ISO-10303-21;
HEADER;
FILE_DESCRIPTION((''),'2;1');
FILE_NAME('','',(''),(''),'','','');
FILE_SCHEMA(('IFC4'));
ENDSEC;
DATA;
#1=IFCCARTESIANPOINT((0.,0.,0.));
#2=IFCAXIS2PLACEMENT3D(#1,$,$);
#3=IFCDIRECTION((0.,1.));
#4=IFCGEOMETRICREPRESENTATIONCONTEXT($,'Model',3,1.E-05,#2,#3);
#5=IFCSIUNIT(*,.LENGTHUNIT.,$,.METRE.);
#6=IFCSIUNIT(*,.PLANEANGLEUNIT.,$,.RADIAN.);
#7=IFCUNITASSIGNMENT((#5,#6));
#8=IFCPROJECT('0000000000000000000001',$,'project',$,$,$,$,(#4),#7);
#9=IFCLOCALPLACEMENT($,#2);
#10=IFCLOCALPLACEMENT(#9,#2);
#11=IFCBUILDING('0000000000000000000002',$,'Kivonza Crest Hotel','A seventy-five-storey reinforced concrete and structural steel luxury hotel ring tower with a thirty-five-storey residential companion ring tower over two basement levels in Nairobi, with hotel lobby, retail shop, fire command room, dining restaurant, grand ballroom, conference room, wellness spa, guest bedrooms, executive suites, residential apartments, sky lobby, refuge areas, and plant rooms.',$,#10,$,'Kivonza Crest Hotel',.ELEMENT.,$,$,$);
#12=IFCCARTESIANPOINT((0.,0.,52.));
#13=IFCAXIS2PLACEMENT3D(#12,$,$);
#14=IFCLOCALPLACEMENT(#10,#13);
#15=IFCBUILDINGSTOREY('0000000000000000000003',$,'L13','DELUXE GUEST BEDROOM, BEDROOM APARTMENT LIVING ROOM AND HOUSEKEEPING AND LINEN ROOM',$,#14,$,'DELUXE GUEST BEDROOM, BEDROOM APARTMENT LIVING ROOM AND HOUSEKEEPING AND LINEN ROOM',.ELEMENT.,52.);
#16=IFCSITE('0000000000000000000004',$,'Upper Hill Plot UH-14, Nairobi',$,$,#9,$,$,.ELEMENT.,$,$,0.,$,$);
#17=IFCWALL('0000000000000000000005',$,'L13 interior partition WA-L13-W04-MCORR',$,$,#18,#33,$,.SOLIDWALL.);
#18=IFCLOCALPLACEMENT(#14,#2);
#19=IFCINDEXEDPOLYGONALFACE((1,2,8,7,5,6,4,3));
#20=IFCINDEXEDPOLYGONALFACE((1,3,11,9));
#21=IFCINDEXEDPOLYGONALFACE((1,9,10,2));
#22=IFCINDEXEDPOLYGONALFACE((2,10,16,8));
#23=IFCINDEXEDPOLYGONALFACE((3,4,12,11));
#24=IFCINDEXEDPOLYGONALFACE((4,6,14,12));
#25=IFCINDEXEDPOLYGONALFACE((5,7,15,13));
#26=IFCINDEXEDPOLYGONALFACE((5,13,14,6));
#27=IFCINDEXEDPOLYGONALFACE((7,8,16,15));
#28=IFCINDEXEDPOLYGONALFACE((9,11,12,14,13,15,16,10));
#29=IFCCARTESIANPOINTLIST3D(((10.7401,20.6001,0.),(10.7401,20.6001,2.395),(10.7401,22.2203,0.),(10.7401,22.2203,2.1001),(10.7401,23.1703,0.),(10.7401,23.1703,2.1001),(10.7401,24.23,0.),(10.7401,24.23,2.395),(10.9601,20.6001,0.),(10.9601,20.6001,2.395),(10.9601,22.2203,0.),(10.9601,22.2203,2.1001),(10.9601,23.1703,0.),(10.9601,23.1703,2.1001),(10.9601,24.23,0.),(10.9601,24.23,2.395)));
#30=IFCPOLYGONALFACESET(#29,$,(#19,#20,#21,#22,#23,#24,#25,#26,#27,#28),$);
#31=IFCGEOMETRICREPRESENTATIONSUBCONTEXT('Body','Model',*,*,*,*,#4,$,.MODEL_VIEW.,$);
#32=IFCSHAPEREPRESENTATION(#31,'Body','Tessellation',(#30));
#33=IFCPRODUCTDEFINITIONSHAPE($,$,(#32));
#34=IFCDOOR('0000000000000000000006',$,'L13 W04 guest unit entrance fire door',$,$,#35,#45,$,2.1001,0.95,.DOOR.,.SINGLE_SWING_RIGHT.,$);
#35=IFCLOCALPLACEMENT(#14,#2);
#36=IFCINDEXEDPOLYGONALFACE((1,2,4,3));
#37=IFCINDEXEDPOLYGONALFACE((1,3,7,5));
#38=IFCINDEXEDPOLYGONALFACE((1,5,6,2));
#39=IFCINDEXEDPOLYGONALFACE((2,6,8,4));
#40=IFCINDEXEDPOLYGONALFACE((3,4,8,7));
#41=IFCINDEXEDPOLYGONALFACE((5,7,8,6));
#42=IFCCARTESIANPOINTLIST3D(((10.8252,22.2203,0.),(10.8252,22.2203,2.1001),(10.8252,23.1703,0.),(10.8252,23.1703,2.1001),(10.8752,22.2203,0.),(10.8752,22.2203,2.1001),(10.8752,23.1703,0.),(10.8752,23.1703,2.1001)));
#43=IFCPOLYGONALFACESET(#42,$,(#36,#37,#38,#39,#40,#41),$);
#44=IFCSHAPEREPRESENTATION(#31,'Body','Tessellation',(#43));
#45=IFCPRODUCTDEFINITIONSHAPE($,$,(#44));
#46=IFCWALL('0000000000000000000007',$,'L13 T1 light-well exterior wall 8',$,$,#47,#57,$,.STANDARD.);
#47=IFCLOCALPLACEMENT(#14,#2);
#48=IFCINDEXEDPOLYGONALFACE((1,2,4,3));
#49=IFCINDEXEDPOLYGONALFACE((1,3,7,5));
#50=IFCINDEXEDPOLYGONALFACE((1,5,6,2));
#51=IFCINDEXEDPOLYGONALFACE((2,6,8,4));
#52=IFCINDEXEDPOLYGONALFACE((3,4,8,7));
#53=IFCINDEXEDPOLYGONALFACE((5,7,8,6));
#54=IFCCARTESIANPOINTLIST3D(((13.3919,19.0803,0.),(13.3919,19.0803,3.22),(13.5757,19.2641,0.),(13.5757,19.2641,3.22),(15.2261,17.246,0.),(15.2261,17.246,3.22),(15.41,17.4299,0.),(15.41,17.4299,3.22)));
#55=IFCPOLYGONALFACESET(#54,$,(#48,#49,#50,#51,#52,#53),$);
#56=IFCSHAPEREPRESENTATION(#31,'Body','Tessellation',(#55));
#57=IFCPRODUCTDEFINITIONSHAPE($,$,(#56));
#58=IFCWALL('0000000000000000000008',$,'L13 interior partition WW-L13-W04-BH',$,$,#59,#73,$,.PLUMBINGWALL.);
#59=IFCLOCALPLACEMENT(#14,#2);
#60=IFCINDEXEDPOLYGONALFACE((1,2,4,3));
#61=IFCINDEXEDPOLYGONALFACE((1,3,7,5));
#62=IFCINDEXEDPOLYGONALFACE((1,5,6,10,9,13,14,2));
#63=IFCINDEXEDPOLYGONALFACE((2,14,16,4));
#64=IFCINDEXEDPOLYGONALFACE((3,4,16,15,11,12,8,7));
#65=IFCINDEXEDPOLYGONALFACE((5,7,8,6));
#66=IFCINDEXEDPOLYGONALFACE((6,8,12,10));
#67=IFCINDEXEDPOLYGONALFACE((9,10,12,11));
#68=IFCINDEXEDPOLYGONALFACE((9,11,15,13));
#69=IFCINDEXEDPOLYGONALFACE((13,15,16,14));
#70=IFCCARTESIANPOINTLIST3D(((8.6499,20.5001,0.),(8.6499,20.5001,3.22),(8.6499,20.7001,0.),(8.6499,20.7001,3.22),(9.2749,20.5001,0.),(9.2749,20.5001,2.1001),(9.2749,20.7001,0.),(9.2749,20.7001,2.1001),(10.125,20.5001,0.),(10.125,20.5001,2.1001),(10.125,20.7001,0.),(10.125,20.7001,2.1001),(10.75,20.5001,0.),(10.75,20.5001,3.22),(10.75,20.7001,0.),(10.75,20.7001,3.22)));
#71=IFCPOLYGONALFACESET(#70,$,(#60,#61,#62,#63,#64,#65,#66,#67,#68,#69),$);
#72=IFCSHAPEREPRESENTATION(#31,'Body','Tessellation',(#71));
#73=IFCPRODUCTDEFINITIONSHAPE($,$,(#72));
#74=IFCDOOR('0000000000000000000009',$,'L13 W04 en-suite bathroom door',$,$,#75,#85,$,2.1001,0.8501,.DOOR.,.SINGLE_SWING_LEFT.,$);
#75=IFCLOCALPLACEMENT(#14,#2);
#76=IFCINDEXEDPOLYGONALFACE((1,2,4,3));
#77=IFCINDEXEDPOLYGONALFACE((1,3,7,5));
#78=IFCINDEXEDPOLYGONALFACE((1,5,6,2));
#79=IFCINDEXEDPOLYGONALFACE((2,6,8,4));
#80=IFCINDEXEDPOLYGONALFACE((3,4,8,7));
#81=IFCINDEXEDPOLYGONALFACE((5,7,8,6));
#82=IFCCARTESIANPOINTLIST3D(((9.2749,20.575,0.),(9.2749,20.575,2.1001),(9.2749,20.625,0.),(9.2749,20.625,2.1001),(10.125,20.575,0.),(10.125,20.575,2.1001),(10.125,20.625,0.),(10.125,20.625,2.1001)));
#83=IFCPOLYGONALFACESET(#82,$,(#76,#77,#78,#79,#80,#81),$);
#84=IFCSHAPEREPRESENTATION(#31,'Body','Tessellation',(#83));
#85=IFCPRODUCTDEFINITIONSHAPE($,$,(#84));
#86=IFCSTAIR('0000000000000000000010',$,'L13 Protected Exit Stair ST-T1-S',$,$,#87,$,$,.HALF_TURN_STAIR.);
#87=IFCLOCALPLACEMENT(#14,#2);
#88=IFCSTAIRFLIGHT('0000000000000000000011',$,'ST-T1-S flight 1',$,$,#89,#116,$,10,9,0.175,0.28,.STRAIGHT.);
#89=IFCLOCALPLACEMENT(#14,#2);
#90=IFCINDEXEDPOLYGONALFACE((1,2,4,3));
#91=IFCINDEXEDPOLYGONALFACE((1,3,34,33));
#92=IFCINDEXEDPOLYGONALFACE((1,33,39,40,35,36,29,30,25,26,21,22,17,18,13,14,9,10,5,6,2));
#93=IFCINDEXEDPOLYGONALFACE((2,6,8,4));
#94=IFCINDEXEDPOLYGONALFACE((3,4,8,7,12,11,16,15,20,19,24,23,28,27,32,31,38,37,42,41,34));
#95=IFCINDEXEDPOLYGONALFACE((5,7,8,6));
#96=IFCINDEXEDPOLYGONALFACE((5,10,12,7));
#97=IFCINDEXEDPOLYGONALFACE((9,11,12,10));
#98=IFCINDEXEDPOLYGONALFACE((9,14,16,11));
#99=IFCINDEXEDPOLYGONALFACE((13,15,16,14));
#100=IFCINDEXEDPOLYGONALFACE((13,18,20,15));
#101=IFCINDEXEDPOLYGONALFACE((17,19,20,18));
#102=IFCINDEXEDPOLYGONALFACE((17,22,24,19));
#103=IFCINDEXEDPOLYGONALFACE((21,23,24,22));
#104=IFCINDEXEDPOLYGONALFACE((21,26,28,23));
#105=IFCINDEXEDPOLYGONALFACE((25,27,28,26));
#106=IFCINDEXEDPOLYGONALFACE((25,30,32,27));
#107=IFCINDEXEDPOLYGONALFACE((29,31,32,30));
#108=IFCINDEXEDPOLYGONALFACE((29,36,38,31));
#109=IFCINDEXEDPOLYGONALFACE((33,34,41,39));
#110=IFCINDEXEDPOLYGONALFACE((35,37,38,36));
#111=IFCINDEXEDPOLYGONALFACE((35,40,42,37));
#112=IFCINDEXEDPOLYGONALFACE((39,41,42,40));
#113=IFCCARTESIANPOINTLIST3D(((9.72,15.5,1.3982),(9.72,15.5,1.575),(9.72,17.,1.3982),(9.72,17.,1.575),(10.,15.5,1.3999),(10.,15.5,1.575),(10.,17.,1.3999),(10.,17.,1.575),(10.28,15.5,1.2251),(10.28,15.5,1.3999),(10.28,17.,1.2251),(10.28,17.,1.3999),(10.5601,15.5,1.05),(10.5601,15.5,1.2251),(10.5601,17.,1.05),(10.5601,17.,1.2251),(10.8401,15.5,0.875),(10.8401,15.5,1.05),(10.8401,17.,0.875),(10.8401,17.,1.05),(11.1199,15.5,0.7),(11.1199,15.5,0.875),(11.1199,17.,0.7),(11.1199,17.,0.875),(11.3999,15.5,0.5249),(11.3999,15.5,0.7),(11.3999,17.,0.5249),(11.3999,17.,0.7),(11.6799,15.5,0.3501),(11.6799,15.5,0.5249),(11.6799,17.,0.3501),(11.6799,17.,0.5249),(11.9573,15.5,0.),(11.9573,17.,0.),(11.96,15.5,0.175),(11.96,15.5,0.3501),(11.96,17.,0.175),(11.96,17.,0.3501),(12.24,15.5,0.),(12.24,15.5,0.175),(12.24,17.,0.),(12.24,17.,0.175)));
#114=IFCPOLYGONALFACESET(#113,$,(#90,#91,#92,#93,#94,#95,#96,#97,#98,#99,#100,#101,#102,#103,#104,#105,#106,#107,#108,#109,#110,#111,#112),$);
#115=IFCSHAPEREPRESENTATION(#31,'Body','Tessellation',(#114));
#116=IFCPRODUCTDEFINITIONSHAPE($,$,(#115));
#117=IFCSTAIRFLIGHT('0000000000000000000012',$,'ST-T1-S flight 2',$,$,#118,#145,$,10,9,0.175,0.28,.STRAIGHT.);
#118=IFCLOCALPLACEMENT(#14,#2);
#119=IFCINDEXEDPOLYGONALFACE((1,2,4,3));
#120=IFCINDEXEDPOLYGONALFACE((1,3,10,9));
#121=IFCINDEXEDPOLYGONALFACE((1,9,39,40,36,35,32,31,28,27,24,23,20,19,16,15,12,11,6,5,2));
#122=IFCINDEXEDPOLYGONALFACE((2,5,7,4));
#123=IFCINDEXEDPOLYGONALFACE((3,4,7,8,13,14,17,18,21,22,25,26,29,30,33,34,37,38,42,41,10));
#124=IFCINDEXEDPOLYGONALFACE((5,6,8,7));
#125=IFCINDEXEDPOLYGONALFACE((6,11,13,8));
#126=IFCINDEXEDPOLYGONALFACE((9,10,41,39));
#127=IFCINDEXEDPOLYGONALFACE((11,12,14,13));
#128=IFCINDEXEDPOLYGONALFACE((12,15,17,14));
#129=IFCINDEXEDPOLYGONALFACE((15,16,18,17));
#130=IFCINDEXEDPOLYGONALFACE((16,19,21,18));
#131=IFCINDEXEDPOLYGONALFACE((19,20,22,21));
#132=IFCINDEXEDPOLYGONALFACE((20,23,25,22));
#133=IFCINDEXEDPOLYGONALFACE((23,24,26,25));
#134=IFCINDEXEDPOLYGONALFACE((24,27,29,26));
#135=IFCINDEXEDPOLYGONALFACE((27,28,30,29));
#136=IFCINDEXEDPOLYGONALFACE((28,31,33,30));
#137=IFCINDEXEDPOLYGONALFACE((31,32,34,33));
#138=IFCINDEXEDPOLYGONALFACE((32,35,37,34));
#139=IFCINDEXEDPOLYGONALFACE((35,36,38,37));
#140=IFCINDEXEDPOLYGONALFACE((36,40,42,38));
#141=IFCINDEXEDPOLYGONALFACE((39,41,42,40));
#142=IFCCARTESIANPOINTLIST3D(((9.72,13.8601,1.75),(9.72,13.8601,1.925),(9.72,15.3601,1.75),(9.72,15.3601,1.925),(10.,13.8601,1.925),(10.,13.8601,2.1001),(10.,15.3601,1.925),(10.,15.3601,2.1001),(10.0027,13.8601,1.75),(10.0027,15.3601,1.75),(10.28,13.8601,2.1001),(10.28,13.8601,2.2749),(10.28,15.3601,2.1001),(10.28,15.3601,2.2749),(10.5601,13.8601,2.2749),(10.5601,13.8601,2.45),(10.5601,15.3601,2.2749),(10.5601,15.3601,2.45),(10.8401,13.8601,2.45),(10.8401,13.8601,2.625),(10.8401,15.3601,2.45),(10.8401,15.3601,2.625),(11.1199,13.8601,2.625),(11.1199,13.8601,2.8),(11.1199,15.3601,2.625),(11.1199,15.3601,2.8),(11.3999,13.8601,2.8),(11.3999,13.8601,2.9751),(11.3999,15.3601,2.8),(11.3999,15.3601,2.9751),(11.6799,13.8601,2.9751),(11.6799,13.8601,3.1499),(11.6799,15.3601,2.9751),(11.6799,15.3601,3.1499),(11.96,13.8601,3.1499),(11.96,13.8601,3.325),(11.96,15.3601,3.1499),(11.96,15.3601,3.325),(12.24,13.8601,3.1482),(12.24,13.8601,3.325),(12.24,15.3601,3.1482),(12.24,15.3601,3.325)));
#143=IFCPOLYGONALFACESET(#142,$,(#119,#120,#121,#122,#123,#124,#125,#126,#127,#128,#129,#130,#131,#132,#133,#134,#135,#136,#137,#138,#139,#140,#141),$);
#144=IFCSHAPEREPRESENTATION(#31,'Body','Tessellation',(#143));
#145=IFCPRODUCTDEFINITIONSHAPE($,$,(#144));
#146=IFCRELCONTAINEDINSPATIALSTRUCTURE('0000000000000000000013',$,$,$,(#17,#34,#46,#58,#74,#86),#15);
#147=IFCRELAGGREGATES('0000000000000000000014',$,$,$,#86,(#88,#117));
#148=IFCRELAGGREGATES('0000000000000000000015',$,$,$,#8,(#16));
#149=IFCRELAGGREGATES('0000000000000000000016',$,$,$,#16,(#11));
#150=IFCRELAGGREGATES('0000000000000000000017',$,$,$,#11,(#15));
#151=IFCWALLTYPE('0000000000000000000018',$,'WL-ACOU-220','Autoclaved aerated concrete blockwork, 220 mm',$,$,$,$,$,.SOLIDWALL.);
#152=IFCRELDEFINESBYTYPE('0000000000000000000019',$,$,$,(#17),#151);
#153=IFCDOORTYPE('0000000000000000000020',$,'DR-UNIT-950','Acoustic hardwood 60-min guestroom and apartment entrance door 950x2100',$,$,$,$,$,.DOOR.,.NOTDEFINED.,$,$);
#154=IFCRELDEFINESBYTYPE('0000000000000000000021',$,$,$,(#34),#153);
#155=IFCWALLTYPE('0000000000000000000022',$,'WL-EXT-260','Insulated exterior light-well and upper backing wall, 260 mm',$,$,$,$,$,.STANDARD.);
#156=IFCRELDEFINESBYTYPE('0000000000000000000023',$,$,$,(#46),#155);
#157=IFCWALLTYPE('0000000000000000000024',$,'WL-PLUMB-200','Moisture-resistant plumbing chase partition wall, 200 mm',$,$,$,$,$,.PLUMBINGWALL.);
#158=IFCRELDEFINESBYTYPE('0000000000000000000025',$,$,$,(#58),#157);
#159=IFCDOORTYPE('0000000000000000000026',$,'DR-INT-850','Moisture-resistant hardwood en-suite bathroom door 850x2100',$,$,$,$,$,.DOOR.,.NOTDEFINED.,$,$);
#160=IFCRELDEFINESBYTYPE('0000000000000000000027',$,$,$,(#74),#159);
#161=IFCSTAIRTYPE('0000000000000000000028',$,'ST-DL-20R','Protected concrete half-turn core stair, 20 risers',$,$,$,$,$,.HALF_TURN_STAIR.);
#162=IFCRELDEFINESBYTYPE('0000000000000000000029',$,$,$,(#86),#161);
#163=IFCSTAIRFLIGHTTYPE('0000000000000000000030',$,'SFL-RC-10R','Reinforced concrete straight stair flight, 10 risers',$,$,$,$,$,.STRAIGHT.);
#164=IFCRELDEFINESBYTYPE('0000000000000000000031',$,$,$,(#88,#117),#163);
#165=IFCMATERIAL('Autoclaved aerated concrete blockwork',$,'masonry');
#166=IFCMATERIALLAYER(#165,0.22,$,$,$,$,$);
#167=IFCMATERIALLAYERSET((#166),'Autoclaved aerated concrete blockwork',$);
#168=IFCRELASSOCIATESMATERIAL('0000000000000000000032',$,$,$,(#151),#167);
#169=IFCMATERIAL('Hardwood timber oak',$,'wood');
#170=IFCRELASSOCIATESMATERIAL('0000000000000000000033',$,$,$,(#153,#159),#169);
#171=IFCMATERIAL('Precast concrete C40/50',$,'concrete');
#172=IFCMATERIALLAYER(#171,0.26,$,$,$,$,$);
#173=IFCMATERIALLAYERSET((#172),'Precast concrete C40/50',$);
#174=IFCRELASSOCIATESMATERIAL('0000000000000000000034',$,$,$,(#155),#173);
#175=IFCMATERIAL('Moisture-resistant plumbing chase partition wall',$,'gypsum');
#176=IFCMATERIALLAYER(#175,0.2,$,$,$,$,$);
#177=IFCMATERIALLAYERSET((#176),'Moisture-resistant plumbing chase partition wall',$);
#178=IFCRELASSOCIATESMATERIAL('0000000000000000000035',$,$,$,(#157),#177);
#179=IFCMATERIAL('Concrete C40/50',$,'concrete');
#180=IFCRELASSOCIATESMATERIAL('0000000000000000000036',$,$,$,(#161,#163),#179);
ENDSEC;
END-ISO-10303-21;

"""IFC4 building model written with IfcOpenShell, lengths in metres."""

from ifc_helpers import new_model, si_unit, direction, frame, frame_2d, origin, place, context, subcontext, project, spatial, polyline, rectangle, outline, extrude, material, layer, layer_set, type_object, element, fill, aggregate, save


model = new_model("IFC4")

# Units and contexts
model_context = context("Model", 3, precision=1e-05, world=origin(), true_north=direction((0.0, 1.0)))
body_context = subcontext(model_context, "Body", "Model", "MODEL_VIEW")
ifc_project = project(units=[si_unit("LENGTHUNIT", "METRE"), si_unit("PLANEANGLEUNIT", "RADIAN")], contexts=[model_context])

# Site, building, storey
site_placement = place(None, origin())
site = spatial("IfcSite", under=ifc_project, at=site_placement, Name="Upper Hill Plot UH-14, Nairobi", CompositionType="ELEMENT", RefElevation=0.0)
building_placement = place(site_placement, origin())
building = spatial("IfcBuilding", under=site, at=building_placement, Name="Kivonza Crest Hotel", Description="A seventy-five-storey reinforced concrete and structural steel luxury hotel ring tower with a thirty-five-storey residential companion ring tower over two basement levels in Nairobi, with hotel lobby, retail shop, fire command room, dining restaurant, grand ballroom, conference room, wellness spa, guest bedrooms, executive suites, residential apartments, sky lobby, refuge areas, and plant rooms.", LongName="Kivonza Crest Hotel", CompositionType="ELEMENT")
storey_placement = place(building_placement, frame((0.0, 0.0, 52.0)))
storey = spatial("IfcBuildingStorey", under=building, at=storey_placement, Name="L13", Description="DELUXE GUEST BEDROOM, BEDROOM APARTMENT LIVING ROOM AND HOUSEKEEPING AND LINEN ROOM", LongName="DELUXE GUEST BEDROOM, BEDROOM APARTMENT LIVING ROOM AND HOUSEKEEPING AND LINEN ROOM", CompositionType="ELEMENT", Elevation=52.0)

# Shared definitions
ifc_material_1 = material(Name="Autoclaved aerated concrete blockwork", Category="masonry")
ifc_layer_1 = layer(ifc_material_1, 0.22)
ifc_layer_set_1 = layer_set([ifc_layer_1], Name="Autoclaved aerated concrete blockwork")
wall_type_1 = type_object("IfcWallType", Name="WL-ACOU-220", Description="Autoclaved aerated concrete blockwork, 220 mm", PredefinedType="SOLIDWALL", material=ifc_layer_set_1)
ifc_material_2 = material(Name="Hardwood timber oak", Category="wood")

# Wall, opening, door
wall_1_placement = place(storey_placement, frame((10.8501, 20.6001, 0.0), z_axis=(0.0, 0.0, 1.0), x_axis=(0.0, 1.0, 0.0)))
wall_1 = element("IfcWall", 1, at=wall_1_placement, inside=storey, type_object=wall_type_1, Name="L13 interior partition WA-L13-W04-MCORR", PredefinedType="SOLIDWALL", context=body_context, shape_type="SweptSolid", body=[
    extrude(rectangle(XDim=3.6299, YDim=0.22, at=frame_2d((1.8149, 0.0))), origin(), (0.0, 0.0, 1.0), 2.395),
])
opening_1_placement = place(wall_1_placement, frame((1.6201, 0.0, 0.0)))
opening_1 = element("IfcOpeningElement", 2, at=opening_1_placement, cuts=wall_1, PredefinedType="OPENING", context=body_context, shape_type="SweptSolid", body=[
    extrude(rectangle(XDim=0.95, YDim=2.1001, at=frame_2d((0.4751, 1.05))), frame((0.0, 0.1201, 0.0), z_axis=(0.0, -1.0, 0.0), x_axis=(1.0, 0.0, 0.0)), (0.0, 0.0, 1.0), 0.24),
])
door_type_1 = type_object("IfcDoorType", Name="DR-UNIT-950", Description="Acoustic hardwood 60-min guestroom and apartment entrance door 950x2100", OperationType="NOTDEFINED", PredefinedType="DOOR", material=ifc_material_2)
door_1_placement = place(opening_1_placement, origin())
door_1 = element("IfcDoor", 3, at=door_1_placement, inside=storey, type_object=door_type_1, Name="L13 W04 guest unit entrance fire door", OperationType="SINGLE_SWING_RIGHT", OverallHeight=2.1001, OverallWidth=0.95, PredefinedType="DOOR", context=body_context, shape_type="SweptSolid", body=[
    extrude(rectangle(XDim=0.95, YDim=2.1001, at=frame_2d((0.4751, 1.05))), frame((0.0, 0.0249, 0.0), z_axis=(0.0, -1.0, 0.0), x_axis=(1.0, 0.0, 0.0)), (0.0, 0.0, 1.0), 0.05),
])
fill(opening_1, door_1)

# Wall
ifc_material_3 = material(Name="Precast concrete C40/50", Category="concrete")
ifc_layer_2 = layer(ifc_material_3, 0.26)
ifc_layer_set_2 = layer_set([ifc_layer_2], Name="Precast concrete C40/50")
wall_type_2 = type_object("IfcWallType", Name="WL-EXT-260", Description="Insulated exterior light-well and upper backing wall, 260 mm", PredefinedType="STANDARD", material=ifc_layer_set_2)
wall_2_placement = place(storey_placement, frame((13.4839, 19.1721, 0.0), z_axis=(0.0, 0.0, 1.0), x_axis=(0.707107, -0.707107, 0.0)))
element("IfcWall", 4, at=wall_2_placement, inside=storey, type_object=wall_type_2, Name="L13 T1 light-well exterior wall 8", PredefinedType="STANDARD", context=body_context, shape_type="SweptSolid", body=[
    extrude(rectangle(XDim=2.594, YDim=0.26, at=frame_2d((1.2969, 0.0))), origin(), (0.0, 0.0, 1.0), 3.22),
])

# Wall, opening, door
ifc_material_4 = material(Name="Moisture-resistant plumbing chase partition wall", Category="gypsum")
ifc_layer_3 = layer(ifc_material_4, 0.2)
ifc_layer_set_3 = layer_set([ifc_layer_3], Name="Moisture-resistant plumbing chase partition wall")
wall_type_3 = type_object("IfcWallType", Name="WL-PLUMB-200", Description="Moisture-resistant plumbing chase partition wall, 200 mm", PredefinedType="PLUMBINGWALL", material=ifc_layer_set_3)
wall_3_placement = place(storey_placement, frame((8.6499, 20.6001, 0.0), z_axis=(0.0, 0.0, 1.0), x_axis=(1.0, 0.0, 0.0)))
wall_3 = element("IfcWall", 5, at=wall_3_placement, inside=storey, type_object=wall_type_3, Name="L13 interior partition WW-L13-W04-BH", PredefinedType="PLUMBINGWALL", context=body_context, shape_type="SweptSolid", body=[
    extrude(rectangle(XDim=2.1001, YDim=0.2, at=frame_2d((1.05, 0.0))), origin(), (0.0, 0.0, 1.0), 3.22),
])
opening_2_placement = place(wall_3_placement, frame((0.625, 0.0, 0.0)))
opening_2 = element("IfcOpeningElement", 6, at=opening_2_placement, cuts=wall_3, PredefinedType="OPENING", context=body_context, shape_type="SweptSolid", body=[
    extrude(rectangle(XDim=0.8501, YDim=2.1001, at=frame_2d((0.425, 1.05))), frame((0.0, 0.1099, 0.0), z_axis=(0.0, -1.0, 0.0), x_axis=(1.0, 0.0, 0.0)), (0.0, 0.0, 1.0), 0.22),
])
door_type_2 = type_object("IfcDoorType", Name="DR-INT-850", Description="Moisture-resistant hardwood en-suite bathroom door 850x2100", OperationType="NOTDEFINED", PredefinedType="DOOR", material=ifc_material_2)
door_2_placement = place(opening_2_placement, origin())
door_2 = element("IfcDoor", 7, at=door_2_placement, inside=storey, type_object=door_type_2, Name="L13 W04 en-suite bathroom door", OperationType="SINGLE_SWING_LEFT", OverallHeight=2.1001, OverallWidth=0.8501, PredefinedType="DOOR", context=body_context, shape_type="SweptSolid", body=[
    extrude(rectangle(XDim=0.8501, YDim=2.1001, at=frame_2d((0.425, 1.05))), frame((0.0, 0.0249, 0.0), z_axis=(0.0, -1.0, 0.0), x_axis=(1.0, 0.0, 0.0)), (0.0, 0.0, 1.0), 0.05),
])
fill(opening_2, door_2)

# Stair, stair flights
ifc_material_5 = material(Name="Concrete C40/50", Category="concrete")
stair_type = type_object("IfcStairType", Name="ST-DL-20R", Description="Protected concrete half-turn core stair, 20 risers", PredefinedType="HALF_TURN_STAIR", material=ifc_material_5)
stair_placement = place(storey_placement, origin())
stair = element("IfcStair", 8, at=stair_placement, inside=storey, type_object=stair_type, Name="L13 Protected Exit Stair ST-T1-S", PredefinedType="HALF_TURN_STAIR")
stair_flight_type = type_object("IfcStairFlightType", Name="SFL-RC-10R", Description="Reinforced concrete straight stair flight, 10 risers", PredefinedType="STRAIGHT", material=ifc_material_5)
stair_flight_1_placement = place(storey_placement, frame((12.24, 16.25, 0.0), z_axis=(0.0, 0.0, 1.0), x_axis=(-1.0, 0.0, 0.0)))
stair_flight_1 = element("IfcStairFlight", 9, at=stair_flight_1_placement, type_object=stair_flight_type, Name="ST-T1-S flight 1", NumberOfRisers=10, NumberOfTreads=9, PredefinedType="STRAIGHT", RiserHeight=0.175, TreadLength=0.28, context=body_context, shape_type="SweptSolid", body=[
    extrude(outline(polyline([(0.0, 0.0), (0.0, 0.175), (0.28, 0.175), (0.28, 0.3501), (0.5601, 0.3501), (0.5601, 0.5249), (0.8401, 0.5249), (0.8401, 0.7), (1.1201, 0.7), (1.1201, 0.875), (1.3999, 0.875), (1.3999, 1.05), (1.6799, 1.05), (1.6799, 1.2251), (1.96, 1.2251), (1.96, 1.3999), (2.24, 1.3999), (2.24, 1.575), (2.52, 1.575), (2.52, 1.75), (2.52, 1.3982), (0.2827, 0.0), (0.0, 0.0)])), frame((0.0, 0.75, 0.0), z_axis=(0.0, -1.0, 0.0), x_axis=(1.0, 0.0, 0.0)), (0.0, 0.0, 1.0), 1.5),
])
stair_flight_2_placement = place(storey_placement, frame((9.72, 14.6101, 1.75), z_axis=(0.0, 0.0, 1.0), x_axis=(1.0, 0.0, 0.0)))
stair_flight_2 = element("IfcStairFlight", 10, at=stair_flight_2_placement, type_object=stair_flight_type, Name="ST-T1-S flight 2", NumberOfRisers=10, NumberOfTreads=9, PredefinedType="STRAIGHT", RiserHeight=0.175, TreadLength=0.28, context=body_context, shape_type="SweptSolid", body=[
    extrude(outline(polyline([(0.0, 0.0), (0.0, 0.175), (0.28, 0.175), (0.28, 0.3501), (0.5601, 0.3501), (0.5601, 0.5249), (0.8401, 0.5249), (0.8401, 0.7), (1.1201, 0.7), (1.1201, 0.875), (1.3999, 0.875), (1.3999, 1.05), (1.6799, 1.05), (1.6799, 1.2251), (1.96, 1.2251), (1.96, 1.3999), (2.24, 1.3999), (2.24, 1.575), (2.52, 1.575), (2.52, 1.75), (2.52, 1.3982), (0.2827, 0.0), (0.0, 0.0)])), frame((0.0, 0.75, 0.0), z_axis=(0.0, -1.0, 0.0), x_axis=(1.0, 0.0, 0.0)), (0.0, 0.0, 1.0), 1.5),
])
aggregate(stair, [stair_flight_1, stair_flight_2])

save(model, "model.ifc")
